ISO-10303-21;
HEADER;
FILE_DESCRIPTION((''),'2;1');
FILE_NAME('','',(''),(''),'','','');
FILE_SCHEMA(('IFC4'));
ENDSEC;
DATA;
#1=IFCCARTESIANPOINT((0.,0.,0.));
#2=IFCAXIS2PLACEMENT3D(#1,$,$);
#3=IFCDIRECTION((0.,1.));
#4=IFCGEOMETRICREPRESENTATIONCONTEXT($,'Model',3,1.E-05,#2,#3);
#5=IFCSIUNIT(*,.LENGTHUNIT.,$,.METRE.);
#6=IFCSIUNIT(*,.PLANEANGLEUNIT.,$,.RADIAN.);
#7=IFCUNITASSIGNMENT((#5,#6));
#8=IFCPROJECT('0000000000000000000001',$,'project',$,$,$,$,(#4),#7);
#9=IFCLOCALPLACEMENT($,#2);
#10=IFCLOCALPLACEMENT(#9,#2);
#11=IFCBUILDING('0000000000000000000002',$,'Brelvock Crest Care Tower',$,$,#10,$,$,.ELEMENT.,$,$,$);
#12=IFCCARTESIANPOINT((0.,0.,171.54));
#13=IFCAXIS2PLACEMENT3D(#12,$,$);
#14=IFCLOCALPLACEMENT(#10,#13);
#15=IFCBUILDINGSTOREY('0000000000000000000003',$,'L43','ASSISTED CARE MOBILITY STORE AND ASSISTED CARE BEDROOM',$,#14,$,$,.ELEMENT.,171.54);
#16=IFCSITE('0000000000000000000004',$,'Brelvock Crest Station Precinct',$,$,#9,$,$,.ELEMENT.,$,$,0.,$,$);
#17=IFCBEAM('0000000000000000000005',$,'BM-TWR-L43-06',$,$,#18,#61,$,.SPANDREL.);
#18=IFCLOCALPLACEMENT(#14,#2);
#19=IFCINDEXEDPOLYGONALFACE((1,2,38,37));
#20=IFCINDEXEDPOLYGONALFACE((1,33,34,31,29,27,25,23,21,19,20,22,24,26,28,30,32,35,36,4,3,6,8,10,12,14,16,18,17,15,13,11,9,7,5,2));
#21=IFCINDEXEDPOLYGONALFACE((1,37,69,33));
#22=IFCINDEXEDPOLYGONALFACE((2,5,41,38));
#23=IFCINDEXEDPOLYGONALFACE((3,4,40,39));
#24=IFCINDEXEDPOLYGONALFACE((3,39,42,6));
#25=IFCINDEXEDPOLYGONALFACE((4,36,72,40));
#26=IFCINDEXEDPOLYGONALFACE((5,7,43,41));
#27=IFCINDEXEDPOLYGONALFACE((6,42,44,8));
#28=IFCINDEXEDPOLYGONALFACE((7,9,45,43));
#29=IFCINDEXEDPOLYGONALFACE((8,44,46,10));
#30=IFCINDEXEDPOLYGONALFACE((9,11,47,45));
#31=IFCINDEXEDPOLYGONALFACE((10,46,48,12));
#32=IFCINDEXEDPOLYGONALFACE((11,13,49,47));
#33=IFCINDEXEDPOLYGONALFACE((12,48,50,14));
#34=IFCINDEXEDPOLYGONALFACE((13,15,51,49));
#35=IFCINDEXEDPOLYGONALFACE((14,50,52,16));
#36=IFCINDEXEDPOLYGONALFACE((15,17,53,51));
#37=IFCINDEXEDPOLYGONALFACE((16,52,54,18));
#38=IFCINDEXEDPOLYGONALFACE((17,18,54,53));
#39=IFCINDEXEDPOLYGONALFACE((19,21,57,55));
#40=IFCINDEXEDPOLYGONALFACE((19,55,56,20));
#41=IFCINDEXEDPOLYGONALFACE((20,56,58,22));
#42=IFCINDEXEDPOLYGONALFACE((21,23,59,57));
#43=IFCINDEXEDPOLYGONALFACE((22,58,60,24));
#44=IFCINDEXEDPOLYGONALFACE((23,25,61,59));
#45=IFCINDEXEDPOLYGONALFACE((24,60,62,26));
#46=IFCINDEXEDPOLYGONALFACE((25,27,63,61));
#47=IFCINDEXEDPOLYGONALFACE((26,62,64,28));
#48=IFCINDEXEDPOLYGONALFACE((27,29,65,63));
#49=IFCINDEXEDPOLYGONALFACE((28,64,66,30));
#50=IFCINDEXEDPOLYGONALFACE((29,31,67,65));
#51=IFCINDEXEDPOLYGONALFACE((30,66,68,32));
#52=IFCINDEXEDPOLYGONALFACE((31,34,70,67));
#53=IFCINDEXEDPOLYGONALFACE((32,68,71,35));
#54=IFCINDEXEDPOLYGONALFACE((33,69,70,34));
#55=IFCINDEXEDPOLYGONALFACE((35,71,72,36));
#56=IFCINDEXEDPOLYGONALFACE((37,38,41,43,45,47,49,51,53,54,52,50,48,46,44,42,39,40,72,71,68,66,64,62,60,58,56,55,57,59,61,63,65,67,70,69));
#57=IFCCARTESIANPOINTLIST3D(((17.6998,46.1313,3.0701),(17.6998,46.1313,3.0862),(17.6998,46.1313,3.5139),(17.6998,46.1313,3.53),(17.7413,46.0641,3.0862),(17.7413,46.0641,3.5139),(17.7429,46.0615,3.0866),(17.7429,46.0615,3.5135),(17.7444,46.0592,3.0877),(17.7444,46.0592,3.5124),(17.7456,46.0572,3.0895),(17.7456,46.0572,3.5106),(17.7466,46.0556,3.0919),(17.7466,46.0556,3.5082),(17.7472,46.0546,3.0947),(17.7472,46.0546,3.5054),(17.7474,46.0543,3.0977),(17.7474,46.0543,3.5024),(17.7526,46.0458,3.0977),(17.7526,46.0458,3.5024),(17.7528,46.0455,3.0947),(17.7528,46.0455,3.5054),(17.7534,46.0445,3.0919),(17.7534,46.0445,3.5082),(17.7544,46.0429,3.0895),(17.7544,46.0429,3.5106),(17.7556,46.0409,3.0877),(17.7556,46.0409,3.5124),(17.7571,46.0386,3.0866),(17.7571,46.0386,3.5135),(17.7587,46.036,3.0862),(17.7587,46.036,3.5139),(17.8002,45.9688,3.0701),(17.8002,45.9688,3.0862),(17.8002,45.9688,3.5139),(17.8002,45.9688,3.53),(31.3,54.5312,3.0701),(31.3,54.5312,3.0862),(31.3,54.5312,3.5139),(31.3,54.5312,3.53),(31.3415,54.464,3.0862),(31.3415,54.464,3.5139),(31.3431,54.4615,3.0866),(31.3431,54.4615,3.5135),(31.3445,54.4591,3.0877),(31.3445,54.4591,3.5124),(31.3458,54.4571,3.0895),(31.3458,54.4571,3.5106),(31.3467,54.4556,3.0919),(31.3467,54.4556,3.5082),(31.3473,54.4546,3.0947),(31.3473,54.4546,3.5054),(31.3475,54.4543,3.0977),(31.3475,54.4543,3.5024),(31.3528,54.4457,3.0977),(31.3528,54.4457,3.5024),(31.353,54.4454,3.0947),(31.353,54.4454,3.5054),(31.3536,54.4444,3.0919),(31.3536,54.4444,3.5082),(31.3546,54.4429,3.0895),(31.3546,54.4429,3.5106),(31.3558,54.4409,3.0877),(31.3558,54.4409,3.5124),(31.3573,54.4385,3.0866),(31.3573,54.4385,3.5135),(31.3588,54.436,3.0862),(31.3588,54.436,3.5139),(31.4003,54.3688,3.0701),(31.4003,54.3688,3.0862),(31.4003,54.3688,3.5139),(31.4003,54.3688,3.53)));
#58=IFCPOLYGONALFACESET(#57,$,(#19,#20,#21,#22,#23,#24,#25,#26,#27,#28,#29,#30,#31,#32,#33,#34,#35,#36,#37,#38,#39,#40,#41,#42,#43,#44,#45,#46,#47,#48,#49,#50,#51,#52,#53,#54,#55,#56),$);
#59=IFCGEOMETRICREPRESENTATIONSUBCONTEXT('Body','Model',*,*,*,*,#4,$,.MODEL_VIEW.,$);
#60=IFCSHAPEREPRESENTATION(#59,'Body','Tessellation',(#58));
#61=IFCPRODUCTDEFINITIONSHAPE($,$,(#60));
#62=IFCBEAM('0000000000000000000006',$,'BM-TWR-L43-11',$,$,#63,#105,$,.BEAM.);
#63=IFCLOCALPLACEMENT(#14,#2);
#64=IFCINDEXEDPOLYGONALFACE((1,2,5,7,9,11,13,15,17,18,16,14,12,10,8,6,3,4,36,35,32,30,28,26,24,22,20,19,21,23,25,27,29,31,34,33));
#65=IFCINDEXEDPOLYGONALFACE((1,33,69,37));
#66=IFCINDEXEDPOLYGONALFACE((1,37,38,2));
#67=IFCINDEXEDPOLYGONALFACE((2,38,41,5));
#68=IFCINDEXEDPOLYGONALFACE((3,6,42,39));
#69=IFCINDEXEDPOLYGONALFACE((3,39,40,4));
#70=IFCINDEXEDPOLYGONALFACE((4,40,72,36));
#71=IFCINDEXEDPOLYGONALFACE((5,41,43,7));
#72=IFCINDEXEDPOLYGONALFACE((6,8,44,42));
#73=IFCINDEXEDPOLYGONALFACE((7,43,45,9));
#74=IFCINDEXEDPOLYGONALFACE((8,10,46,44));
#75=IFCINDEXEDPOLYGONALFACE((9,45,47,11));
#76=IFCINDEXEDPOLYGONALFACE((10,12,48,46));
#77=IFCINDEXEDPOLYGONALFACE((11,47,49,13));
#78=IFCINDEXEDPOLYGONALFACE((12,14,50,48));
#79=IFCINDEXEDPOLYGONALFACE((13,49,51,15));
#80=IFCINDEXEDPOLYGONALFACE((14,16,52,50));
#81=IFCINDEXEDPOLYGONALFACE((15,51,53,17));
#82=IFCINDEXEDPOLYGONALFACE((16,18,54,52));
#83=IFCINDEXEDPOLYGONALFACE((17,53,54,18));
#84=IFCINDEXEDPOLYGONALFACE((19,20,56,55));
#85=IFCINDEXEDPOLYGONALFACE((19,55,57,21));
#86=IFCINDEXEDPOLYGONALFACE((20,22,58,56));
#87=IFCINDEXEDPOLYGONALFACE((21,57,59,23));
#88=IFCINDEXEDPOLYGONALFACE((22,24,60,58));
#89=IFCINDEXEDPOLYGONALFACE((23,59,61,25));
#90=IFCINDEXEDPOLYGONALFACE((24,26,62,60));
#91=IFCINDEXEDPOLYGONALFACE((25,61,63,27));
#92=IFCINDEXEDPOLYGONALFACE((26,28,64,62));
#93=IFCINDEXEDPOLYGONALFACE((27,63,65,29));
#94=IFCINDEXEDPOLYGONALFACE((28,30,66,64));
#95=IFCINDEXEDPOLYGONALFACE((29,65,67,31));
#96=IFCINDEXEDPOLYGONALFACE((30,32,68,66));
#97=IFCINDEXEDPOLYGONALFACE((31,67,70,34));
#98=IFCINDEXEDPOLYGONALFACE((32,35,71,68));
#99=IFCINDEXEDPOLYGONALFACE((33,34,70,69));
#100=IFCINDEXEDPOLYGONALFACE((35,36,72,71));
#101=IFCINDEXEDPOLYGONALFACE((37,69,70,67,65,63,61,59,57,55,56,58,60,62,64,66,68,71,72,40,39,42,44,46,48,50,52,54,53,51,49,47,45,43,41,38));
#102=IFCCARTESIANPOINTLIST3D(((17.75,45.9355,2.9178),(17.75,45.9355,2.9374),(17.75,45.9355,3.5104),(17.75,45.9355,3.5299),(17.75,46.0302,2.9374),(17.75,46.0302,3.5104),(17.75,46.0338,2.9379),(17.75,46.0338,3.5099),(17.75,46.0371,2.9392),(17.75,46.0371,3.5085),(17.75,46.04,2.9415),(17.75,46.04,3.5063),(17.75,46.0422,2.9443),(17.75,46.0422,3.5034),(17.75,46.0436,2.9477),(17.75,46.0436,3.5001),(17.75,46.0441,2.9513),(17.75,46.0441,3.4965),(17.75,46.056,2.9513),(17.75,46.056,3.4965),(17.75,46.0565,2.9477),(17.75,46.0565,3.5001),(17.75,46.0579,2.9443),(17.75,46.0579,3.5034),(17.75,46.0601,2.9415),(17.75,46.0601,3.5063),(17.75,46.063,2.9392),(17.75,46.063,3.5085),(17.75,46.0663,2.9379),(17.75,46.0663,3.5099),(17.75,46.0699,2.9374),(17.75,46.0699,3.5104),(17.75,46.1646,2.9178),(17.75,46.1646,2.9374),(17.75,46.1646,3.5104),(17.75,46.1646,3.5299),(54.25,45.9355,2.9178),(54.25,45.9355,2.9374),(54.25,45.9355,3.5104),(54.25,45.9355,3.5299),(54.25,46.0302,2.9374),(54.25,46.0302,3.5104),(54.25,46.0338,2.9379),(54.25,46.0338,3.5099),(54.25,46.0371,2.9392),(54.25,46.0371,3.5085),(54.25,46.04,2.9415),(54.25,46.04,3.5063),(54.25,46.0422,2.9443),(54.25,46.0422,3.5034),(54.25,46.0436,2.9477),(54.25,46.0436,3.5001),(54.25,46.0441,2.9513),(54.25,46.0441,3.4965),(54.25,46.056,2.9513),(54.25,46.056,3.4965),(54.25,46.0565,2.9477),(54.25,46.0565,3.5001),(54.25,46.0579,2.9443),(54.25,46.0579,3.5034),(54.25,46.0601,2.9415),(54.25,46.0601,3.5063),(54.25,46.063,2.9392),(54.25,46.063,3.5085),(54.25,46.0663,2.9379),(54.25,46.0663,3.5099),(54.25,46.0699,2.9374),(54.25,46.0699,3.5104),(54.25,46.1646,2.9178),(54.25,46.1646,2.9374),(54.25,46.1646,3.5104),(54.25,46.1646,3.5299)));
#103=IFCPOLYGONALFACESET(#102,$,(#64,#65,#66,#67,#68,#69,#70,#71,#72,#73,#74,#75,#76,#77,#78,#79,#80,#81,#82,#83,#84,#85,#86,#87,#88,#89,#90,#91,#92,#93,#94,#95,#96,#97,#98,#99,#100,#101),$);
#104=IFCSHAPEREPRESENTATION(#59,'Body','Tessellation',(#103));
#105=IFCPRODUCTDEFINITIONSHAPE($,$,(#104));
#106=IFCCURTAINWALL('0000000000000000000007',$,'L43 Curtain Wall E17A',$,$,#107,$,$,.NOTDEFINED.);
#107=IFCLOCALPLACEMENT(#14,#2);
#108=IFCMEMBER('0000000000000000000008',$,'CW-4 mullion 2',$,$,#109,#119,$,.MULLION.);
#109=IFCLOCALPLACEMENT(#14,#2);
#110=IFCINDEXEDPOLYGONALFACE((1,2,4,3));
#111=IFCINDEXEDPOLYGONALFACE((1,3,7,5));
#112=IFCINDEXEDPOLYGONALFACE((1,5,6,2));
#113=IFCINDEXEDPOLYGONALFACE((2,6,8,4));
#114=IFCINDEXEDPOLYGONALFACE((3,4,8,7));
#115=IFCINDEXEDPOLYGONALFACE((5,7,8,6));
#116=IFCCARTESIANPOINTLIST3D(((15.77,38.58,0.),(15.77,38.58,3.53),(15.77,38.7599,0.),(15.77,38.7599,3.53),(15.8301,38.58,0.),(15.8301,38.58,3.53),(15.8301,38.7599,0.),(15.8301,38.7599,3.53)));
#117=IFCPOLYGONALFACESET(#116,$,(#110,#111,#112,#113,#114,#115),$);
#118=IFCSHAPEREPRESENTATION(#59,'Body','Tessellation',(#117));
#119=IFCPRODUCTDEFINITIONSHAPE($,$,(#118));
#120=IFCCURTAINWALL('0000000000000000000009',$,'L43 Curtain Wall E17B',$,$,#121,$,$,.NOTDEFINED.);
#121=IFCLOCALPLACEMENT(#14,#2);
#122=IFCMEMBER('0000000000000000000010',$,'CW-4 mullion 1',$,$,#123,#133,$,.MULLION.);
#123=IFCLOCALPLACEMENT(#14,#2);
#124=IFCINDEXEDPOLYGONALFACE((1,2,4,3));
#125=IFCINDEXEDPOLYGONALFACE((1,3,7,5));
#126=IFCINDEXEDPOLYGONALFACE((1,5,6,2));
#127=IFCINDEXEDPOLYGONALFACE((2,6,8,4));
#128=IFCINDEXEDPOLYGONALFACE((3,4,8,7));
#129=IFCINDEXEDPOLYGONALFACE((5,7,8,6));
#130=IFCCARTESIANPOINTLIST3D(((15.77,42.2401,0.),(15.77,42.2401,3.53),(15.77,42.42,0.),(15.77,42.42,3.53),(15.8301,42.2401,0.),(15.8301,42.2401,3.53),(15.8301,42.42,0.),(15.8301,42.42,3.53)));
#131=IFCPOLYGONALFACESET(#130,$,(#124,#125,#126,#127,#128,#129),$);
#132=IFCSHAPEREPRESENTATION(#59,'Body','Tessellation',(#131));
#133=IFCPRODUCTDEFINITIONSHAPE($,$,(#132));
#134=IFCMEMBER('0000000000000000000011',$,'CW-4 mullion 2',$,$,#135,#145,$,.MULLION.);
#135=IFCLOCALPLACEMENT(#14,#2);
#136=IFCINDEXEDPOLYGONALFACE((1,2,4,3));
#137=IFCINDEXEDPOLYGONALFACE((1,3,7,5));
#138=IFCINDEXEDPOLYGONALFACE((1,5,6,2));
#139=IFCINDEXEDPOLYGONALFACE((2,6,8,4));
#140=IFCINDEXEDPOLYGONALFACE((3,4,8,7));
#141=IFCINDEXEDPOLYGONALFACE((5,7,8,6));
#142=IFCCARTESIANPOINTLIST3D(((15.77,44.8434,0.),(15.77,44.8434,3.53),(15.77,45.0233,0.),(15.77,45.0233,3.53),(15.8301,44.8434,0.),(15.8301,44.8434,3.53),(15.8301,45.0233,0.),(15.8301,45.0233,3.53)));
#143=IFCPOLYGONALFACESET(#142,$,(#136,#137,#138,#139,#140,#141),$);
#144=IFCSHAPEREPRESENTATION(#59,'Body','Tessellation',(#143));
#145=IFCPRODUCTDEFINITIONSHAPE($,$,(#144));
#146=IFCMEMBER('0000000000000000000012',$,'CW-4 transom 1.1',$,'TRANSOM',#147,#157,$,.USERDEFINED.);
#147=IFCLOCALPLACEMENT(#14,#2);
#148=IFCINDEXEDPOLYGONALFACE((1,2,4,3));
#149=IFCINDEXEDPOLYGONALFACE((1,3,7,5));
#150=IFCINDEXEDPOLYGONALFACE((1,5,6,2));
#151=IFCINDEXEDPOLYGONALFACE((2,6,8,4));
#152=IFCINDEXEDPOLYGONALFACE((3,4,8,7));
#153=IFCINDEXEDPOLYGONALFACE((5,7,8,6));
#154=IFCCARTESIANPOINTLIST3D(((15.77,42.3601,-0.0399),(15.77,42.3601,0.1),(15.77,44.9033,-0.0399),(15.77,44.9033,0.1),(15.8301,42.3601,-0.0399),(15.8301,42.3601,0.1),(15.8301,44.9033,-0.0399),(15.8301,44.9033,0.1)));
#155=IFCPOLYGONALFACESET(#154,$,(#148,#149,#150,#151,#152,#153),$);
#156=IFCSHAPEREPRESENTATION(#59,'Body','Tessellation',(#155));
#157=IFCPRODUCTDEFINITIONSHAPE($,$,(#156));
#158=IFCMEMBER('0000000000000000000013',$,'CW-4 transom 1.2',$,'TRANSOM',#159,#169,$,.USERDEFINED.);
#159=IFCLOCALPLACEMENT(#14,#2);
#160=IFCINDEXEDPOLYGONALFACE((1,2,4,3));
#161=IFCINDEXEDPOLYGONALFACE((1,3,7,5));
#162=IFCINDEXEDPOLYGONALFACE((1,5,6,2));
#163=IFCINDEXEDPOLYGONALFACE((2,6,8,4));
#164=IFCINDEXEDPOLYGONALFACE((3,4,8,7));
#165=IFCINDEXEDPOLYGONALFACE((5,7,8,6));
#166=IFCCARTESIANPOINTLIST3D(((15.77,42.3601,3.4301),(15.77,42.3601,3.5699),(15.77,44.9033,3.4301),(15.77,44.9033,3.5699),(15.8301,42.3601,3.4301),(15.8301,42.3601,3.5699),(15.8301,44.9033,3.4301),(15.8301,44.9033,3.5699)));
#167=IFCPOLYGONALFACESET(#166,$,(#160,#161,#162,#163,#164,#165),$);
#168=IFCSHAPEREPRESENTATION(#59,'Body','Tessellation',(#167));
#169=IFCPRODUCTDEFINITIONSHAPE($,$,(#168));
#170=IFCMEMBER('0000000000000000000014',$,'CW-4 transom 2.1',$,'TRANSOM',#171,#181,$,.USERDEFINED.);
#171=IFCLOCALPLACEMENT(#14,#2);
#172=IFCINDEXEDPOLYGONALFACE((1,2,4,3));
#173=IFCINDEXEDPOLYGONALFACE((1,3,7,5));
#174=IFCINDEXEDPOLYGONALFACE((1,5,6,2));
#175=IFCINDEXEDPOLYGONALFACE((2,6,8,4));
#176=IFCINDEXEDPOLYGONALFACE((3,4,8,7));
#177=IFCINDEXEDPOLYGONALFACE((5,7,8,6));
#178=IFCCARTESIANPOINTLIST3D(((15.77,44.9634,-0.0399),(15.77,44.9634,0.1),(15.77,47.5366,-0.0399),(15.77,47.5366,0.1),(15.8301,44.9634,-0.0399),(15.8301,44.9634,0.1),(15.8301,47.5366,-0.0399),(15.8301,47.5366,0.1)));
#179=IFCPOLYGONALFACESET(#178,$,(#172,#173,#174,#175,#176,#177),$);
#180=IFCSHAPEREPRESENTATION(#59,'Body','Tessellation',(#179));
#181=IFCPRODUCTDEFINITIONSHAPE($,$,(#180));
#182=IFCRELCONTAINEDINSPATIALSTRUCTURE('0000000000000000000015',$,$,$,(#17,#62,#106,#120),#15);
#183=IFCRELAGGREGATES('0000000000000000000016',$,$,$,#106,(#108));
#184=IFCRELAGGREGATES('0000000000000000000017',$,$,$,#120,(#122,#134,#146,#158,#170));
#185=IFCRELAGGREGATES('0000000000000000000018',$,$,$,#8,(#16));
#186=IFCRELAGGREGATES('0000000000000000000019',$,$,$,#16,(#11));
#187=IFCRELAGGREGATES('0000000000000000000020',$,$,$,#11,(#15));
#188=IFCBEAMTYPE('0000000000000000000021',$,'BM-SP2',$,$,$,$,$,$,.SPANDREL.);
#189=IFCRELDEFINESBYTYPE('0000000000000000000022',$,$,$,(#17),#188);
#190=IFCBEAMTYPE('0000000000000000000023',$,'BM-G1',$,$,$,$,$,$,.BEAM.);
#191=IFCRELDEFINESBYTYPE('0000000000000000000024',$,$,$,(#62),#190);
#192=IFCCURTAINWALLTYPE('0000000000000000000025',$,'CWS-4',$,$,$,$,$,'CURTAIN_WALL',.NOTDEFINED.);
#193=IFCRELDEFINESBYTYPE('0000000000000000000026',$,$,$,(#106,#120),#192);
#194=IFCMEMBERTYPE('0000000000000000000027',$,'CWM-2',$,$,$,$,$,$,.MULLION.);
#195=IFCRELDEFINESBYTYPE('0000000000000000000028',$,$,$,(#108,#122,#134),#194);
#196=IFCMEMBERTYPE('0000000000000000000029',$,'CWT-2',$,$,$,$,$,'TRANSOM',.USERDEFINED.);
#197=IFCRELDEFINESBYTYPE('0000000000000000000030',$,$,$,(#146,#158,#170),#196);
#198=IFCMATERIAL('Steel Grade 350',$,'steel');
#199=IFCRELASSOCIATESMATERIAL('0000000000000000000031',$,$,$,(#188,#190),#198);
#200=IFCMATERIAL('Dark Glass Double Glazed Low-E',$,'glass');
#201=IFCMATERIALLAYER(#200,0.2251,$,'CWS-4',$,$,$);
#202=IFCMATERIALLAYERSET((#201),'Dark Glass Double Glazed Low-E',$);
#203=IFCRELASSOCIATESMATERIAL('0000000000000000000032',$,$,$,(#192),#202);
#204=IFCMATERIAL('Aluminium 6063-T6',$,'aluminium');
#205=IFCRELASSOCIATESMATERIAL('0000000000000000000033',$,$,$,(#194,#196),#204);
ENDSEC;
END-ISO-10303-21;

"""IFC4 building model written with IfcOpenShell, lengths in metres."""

from ifc_helpers import new_model, si_unit, direction, frame, origin, origin_2d, place, context, subcontext, project, spatial, rectangle, i_section, extrude, source, transform, mapped, material, layer, layer_set, material_profile, profile_set, type_object, element, aggregate, save


model = new_model("IFC4")

# Units and contexts
model_context = context("Model", 3, precision=1e-05, world=origin(), true_north=direction((0.0, 1.0)))
body_context = subcontext(model_context, "Body", "Model", "MODEL_VIEW")
ifc_project = project(units=[si_unit("LENGTHUNIT", "METRE"), si_unit("PLANEANGLEUNIT", "RADIAN")], contexts=[model_context])

# Site, building, storey
site_placement = place(None, origin())
site = spatial("IfcSite", under=ifc_project, at=site_placement, Name="Brelvock Crest Station Precinct", CompositionType="ELEMENT", RefElevation=0.0)
building_placement = place(site_placement, origin())
building = spatial("IfcBuilding", under=site, at=building_placement, Name="Brelvock Crest Care Tower", CompositionType="ELEMENT")
storey_placement = place(building_placement, frame((0.0, 0.0, 171.54)))
storey = spatial("IfcBuildingStorey", under=building, at=storey_placement, Name="L43", Description="ASSISTED CARE MOBILITY STORE AND ASSISTED CARE BEDROOM", CompositionType="ELEMENT", Elevation=171.54)

# Shared definitions
ifc_material_1 = material(Name="Steel Grade 350", Category="steel")

# Beams
ifc_material_profile_1 = material_profile(ifc_material_1, i_section(OverallWidth=0.1909, OverallDepth=0.46, WebThickness=0.01, FlangeThickness=0.0161, FilletRadius=0.0115, at=origin_2d()), Name="460UB82.1")
ifc_profile_set_1 = profile_set([ifc_material_profile_1], Name="Steel Grade 350")
beam_type_1 = type_object("IfcBeamType", Name="BM-SP2", PredefinedType="SPANDREL", material=ifc_profile_set_1)
shared_shape_1 = source(origin(), body_context, "Body", "SweptSolid", [
    extrude(i_section(OverallWidth=0.1909, OverallDepth=0.46, WebThickness=0.01, FlangeThickness=0.0161, FilletRadius=0.0115, at=origin_2d()), origin(), (0.0, 0.0, 1.0), 15.9851),
])
beam_1_placement = place(storey_placement, frame((17.75, 46.05, 3.3), z_axis=(0.850802, 0.525486, 0.0), x_axis=(-0.525486, 0.850802, 0.0)))
element("IfcBeam", 1, at=beam_1_placement, inside=storey, type_object=beam_type_1, Name="BM-TWR-L43-06", PredefinedType="SPANDREL", context=body_context, shape_type="MappedRepresentation", body=[
    mapped(shared_shape_1, transform((0.0, 0.0, 0.0), x_axis=(1.0, 0.0, 0.0), y_axis=(0.0, 1.0, 0.0), z_axis=(0.0, 0.0, 1.0), scale=1.0)),
])
ifc_material_profile_2 = material_profile(ifc_material_1, i_section(OverallWidth=0.229, OverallDepth=0.6121, WebThickness=0.012, FlangeThickness=0.0195, FilletRadius=0.0139, at=origin_2d()), Name="610UB125")
ifc_profile_set_2 = profile_set([ifc_material_profile_2], Name="Steel Grade 350")
beam_type_2 = type_object("IfcBeamType", Name="BM-G1", PredefinedType="BEAM", material=ifc_profile_set_2)
shared_shape_2 = source(origin(), body_context, "Body", "SweptSolid", [
    extrude(i_section(OverallWidth=0.229, OverallDepth=0.6121, WebThickness=0.012, FlangeThickness=0.0195, FilletRadius=0.0139, at=origin_2d()), origin(), (0.0, 0.0, 1.0), 36.5),
])
beam_2_placement = place(storey_placement, frame((17.75, 46.05, 3.2239), z_axis=(1.0, 0.0, 0.0), x_axis=(0.0, 1.0, 0.0)))
element("IfcBeam", 2, at=beam_2_placement, inside=storey, type_object=beam_type_2, Name="BM-TWR-L43-11", PredefinedType="BEAM", context=body_context, shape_type="MappedRepresentation", body=[
    mapped(shared_shape_2, transform((0.0, 0.0, 0.0), x_axis=(1.0, 0.0, 0.0), y_axis=(0.0, 1.0, 0.0), z_axis=(0.0, 0.0, 1.0), scale=1.0)),
])

# Curtain wall, member
ifc_material_2 = material(Name="Dark Glass Double Glazed Low-E", Category="glass")
ifc_layer_1 = layer(ifc_material_2, 0.2251, Name="CWS-4")
ifc_layer_set_1 = layer_set([ifc_layer_1], Name="Dark Glass Double Glazed Low-E")
curtain_wall_type = type_object("IfcCurtainWallType", Name="CWS-4", ElementType="CURTAIN_WALL", PredefinedType="NOTDEFINED", material=ifc_layer_set_1)
curtain_wall_1_placement = place(storey_placement, origin())
curtain_wall_1 = element("IfcCurtainWall", 3, at=curtain_wall_1_placement, inside=storey, type_object=curtain_wall_type, Name="L43 Curtain Wall E17A", PredefinedType="NOTDEFINED")
ifc_material_3 = material(Name="Aluminium 6063-T6", Category="aluminium")
ifc_material_profile_3 = material_profile(ifc_material_3, rectangle(XDim=0.0601, YDim=0.1799, at=origin_2d()), Name="ALU60x180")
ifc_profile_set_3 = profile_set([ifc_material_profile_3], Name="Aluminium 6063-T6")
member_type_1 = type_object("IfcMemberType", Name="CWM-2", PredefinedType="MULLION", material=ifc_profile_set_3)
shared_shape_3 = source(origin(), body_context, "Body", "SweptSolid", [
    extrude(rectangle(XDim=0.0601, YDim=0.1799, at=origin_2d()), origin(), (0.0, 0.0, 1.0), 3.53),
])
member_1_placement = place(storey_placement, frame((15.8, 38.6699, 0.0), z_axis=(0.0, 0.0, 1.0), x_axis=(-1.0, 0.0, 0.0)))
member_1 = element("IfcMember", 4, at=member_1_placement, type_object=member_type_1, Name="CW-4 mullion 2", PredefinedType="MULLION", context=body_context, shape_type="MappedRepresentation", body=[
    mapped(shared_shape_3, transform((0.0, 0.0, 0.0), x_axis=(1.0, 0.0, 0.0), y_axis=(0.0, 1.0, 0.0), z_axis=(0.0, 0.0, 1.0), scale=1.0)),
])

# Curtain wall, members
curtain_wall_2_placement = place(storey_placement, origin())
curtain_wall_2 = element("IfcCurtainWall", 5, at=curtain_wall_2_placement, inside=storey, type_object=curtain_wall_type, Name="L43 Curtain Wall E17B", PredefinedType="NOTDEFINED")
member_2_placement = place(storey_placement, frame((15.8, 42.3301, 0.0), z_axis=(0.0, 0.0, 1.0), x_axis=(-1.0, 0.0, 0.0)))
member_2 = element("IfcMember", 6, at=member_2_placement, type_object=member_type_1, Name="CW-4 mullion 1", PredefinedType="MULLION", context=body_context, shape_type="MappedRepresentation", body=[
    mapped(shared_shape_3, transform((0.0, 0.0, 0.0), x_axis=(1.0, 0.0, 0.0), y_axis=(0.0, 1.0, 0.0), z_axis=(0.0, 0.0, 1.0), scale=1.0)),
])
member_3_placement = place(storey_placement, frame((15.8, 44.9333, 0.0), z_axis=(0.0, 0.0, 1.0), x_axis=(-1.0, 0.0, 0.0)))
member_3 = element("IfcMember", 7, at=member_3_placement, type_object=member_type_1, Name="CW-4 mullion 2", PredefinedType="MULLION", context=body_context, shape_type="MappedRepresentation", body=[
    mapped(shared_shape_3, transform((0.0, 0.0, 0.0), x_axis=(1.0, 0.0, 0.0), y_axis=(0.0, 1.0, 0.0), z_axis=(0.0, 0.0, 1.0), scale=1.0)),
])
ifc_material_profile_4 = material_profile(ifc_material_3, rectangle(XDim=0.0601, YDim=0.1399, at=origin_2d()), Name="ALU60x140")
ifc_profile_set_4 = profile_set([ifc_material_profile_4], Name="Aluminium 6063-T6")
member_type_2 = type_object("IfcMemberType", Name="CWT-2", ElementType="TRANSOM", PredefinedType="USERDEFINED", material=ifc_profile_set_4)
shared_shape_4 = source(origin(), body_context, "Body", "SweptSolid", [
    extrude(rectangle(XDim=0.0601, YDim=0.1399, at=origin_2d()), origin(), (0.0, 0.0, 1.0), 2.5432),
])
member_4_placement = place(storey_placement, frame((15.8, 42.3601, 0.03), z_axis=(0.0, 1.0, 0.0), x_axis=(-1.0, 0.0, 0.0)))
member_4 = element("IfcMember", 8, at=member_4_placement, type_object=member_type_2, Name="CW-4 transom 1.1", ObjectType="TRANSOM", PredefinedType="USERDEFINED", context=body_context, shape_type="MappedRepresentation", body=[
    mapped(shared_shape_4, transform((0.0, 0.0, 0.0), x_axis=(1.0, 0.0, 0.0), y_axis=(0.0, 1.0, 0.0), z_axis=(0.0, 0.0, 1.0), scale=1.0)),
])
member_5_placement = place(storey_placement, frame((15.8, 42.3601, 3.5), z_axis=(0.0, 1.0, 0.0), x_axis=(-1.0, 0.0, 0.0)))
member_5 = element("IfcMember", 9, at=member_5_placement, type_object=member_type_2, Name="CW-4 transom 1.2", ObjectType="TRANSOM", PredefinedType="USERDEFINED", context=body_context, shape_type="MappedRepresentation", body=[
    mapped(shared_shape_4, transform((0.0, 0.0, 0.0), x_axis=(1.0, 0.0, 0.0), y_axis=(0.0, 1.0, 0.0), z_axis=(0.0, 0.0, 1.0), scale=1.0)),
])
shared_shape_5 = source(origin(), body_context, "Body", "SweptSolid", [
    extrude(rectangle(XDim=0.0601, YDim=0.1399, at=origin_2d()), origin(), (0.0, 0.0, 1.0), 2.5732),
])
member_6_placement = place(storey_placement, frame((15.8, 44.9634, 0.03), z_axis=(0.0, 1.0, 0.0), x_axis=(-1.0, 0.0, 0.0)))
member_6 = element("IfcMember", 10, at=member_6_placement, type_object=member_type_2, Name="CW-4 transom 2.1", ObjectType="TRANSOM", PredefinedType="USERDEFINED", context=body_context, shape_type="MappedRepresentation", body=[
    mapped(shared_shape_5, transform((0.0, 0.0, 0.0), x_axis=(1.0, 0.0, 0.0), y_axis=(0.0, 1.0, 0.0), z_axis=(0.0, 0.0, 1.0), scale=1.0)),
])

aggregate(curtain_wall_1, [member_1])
aggregate(curtain_wall_2, [member_2, member_3, member_4, member_5, member_6])

save(model, "model.ifc")
